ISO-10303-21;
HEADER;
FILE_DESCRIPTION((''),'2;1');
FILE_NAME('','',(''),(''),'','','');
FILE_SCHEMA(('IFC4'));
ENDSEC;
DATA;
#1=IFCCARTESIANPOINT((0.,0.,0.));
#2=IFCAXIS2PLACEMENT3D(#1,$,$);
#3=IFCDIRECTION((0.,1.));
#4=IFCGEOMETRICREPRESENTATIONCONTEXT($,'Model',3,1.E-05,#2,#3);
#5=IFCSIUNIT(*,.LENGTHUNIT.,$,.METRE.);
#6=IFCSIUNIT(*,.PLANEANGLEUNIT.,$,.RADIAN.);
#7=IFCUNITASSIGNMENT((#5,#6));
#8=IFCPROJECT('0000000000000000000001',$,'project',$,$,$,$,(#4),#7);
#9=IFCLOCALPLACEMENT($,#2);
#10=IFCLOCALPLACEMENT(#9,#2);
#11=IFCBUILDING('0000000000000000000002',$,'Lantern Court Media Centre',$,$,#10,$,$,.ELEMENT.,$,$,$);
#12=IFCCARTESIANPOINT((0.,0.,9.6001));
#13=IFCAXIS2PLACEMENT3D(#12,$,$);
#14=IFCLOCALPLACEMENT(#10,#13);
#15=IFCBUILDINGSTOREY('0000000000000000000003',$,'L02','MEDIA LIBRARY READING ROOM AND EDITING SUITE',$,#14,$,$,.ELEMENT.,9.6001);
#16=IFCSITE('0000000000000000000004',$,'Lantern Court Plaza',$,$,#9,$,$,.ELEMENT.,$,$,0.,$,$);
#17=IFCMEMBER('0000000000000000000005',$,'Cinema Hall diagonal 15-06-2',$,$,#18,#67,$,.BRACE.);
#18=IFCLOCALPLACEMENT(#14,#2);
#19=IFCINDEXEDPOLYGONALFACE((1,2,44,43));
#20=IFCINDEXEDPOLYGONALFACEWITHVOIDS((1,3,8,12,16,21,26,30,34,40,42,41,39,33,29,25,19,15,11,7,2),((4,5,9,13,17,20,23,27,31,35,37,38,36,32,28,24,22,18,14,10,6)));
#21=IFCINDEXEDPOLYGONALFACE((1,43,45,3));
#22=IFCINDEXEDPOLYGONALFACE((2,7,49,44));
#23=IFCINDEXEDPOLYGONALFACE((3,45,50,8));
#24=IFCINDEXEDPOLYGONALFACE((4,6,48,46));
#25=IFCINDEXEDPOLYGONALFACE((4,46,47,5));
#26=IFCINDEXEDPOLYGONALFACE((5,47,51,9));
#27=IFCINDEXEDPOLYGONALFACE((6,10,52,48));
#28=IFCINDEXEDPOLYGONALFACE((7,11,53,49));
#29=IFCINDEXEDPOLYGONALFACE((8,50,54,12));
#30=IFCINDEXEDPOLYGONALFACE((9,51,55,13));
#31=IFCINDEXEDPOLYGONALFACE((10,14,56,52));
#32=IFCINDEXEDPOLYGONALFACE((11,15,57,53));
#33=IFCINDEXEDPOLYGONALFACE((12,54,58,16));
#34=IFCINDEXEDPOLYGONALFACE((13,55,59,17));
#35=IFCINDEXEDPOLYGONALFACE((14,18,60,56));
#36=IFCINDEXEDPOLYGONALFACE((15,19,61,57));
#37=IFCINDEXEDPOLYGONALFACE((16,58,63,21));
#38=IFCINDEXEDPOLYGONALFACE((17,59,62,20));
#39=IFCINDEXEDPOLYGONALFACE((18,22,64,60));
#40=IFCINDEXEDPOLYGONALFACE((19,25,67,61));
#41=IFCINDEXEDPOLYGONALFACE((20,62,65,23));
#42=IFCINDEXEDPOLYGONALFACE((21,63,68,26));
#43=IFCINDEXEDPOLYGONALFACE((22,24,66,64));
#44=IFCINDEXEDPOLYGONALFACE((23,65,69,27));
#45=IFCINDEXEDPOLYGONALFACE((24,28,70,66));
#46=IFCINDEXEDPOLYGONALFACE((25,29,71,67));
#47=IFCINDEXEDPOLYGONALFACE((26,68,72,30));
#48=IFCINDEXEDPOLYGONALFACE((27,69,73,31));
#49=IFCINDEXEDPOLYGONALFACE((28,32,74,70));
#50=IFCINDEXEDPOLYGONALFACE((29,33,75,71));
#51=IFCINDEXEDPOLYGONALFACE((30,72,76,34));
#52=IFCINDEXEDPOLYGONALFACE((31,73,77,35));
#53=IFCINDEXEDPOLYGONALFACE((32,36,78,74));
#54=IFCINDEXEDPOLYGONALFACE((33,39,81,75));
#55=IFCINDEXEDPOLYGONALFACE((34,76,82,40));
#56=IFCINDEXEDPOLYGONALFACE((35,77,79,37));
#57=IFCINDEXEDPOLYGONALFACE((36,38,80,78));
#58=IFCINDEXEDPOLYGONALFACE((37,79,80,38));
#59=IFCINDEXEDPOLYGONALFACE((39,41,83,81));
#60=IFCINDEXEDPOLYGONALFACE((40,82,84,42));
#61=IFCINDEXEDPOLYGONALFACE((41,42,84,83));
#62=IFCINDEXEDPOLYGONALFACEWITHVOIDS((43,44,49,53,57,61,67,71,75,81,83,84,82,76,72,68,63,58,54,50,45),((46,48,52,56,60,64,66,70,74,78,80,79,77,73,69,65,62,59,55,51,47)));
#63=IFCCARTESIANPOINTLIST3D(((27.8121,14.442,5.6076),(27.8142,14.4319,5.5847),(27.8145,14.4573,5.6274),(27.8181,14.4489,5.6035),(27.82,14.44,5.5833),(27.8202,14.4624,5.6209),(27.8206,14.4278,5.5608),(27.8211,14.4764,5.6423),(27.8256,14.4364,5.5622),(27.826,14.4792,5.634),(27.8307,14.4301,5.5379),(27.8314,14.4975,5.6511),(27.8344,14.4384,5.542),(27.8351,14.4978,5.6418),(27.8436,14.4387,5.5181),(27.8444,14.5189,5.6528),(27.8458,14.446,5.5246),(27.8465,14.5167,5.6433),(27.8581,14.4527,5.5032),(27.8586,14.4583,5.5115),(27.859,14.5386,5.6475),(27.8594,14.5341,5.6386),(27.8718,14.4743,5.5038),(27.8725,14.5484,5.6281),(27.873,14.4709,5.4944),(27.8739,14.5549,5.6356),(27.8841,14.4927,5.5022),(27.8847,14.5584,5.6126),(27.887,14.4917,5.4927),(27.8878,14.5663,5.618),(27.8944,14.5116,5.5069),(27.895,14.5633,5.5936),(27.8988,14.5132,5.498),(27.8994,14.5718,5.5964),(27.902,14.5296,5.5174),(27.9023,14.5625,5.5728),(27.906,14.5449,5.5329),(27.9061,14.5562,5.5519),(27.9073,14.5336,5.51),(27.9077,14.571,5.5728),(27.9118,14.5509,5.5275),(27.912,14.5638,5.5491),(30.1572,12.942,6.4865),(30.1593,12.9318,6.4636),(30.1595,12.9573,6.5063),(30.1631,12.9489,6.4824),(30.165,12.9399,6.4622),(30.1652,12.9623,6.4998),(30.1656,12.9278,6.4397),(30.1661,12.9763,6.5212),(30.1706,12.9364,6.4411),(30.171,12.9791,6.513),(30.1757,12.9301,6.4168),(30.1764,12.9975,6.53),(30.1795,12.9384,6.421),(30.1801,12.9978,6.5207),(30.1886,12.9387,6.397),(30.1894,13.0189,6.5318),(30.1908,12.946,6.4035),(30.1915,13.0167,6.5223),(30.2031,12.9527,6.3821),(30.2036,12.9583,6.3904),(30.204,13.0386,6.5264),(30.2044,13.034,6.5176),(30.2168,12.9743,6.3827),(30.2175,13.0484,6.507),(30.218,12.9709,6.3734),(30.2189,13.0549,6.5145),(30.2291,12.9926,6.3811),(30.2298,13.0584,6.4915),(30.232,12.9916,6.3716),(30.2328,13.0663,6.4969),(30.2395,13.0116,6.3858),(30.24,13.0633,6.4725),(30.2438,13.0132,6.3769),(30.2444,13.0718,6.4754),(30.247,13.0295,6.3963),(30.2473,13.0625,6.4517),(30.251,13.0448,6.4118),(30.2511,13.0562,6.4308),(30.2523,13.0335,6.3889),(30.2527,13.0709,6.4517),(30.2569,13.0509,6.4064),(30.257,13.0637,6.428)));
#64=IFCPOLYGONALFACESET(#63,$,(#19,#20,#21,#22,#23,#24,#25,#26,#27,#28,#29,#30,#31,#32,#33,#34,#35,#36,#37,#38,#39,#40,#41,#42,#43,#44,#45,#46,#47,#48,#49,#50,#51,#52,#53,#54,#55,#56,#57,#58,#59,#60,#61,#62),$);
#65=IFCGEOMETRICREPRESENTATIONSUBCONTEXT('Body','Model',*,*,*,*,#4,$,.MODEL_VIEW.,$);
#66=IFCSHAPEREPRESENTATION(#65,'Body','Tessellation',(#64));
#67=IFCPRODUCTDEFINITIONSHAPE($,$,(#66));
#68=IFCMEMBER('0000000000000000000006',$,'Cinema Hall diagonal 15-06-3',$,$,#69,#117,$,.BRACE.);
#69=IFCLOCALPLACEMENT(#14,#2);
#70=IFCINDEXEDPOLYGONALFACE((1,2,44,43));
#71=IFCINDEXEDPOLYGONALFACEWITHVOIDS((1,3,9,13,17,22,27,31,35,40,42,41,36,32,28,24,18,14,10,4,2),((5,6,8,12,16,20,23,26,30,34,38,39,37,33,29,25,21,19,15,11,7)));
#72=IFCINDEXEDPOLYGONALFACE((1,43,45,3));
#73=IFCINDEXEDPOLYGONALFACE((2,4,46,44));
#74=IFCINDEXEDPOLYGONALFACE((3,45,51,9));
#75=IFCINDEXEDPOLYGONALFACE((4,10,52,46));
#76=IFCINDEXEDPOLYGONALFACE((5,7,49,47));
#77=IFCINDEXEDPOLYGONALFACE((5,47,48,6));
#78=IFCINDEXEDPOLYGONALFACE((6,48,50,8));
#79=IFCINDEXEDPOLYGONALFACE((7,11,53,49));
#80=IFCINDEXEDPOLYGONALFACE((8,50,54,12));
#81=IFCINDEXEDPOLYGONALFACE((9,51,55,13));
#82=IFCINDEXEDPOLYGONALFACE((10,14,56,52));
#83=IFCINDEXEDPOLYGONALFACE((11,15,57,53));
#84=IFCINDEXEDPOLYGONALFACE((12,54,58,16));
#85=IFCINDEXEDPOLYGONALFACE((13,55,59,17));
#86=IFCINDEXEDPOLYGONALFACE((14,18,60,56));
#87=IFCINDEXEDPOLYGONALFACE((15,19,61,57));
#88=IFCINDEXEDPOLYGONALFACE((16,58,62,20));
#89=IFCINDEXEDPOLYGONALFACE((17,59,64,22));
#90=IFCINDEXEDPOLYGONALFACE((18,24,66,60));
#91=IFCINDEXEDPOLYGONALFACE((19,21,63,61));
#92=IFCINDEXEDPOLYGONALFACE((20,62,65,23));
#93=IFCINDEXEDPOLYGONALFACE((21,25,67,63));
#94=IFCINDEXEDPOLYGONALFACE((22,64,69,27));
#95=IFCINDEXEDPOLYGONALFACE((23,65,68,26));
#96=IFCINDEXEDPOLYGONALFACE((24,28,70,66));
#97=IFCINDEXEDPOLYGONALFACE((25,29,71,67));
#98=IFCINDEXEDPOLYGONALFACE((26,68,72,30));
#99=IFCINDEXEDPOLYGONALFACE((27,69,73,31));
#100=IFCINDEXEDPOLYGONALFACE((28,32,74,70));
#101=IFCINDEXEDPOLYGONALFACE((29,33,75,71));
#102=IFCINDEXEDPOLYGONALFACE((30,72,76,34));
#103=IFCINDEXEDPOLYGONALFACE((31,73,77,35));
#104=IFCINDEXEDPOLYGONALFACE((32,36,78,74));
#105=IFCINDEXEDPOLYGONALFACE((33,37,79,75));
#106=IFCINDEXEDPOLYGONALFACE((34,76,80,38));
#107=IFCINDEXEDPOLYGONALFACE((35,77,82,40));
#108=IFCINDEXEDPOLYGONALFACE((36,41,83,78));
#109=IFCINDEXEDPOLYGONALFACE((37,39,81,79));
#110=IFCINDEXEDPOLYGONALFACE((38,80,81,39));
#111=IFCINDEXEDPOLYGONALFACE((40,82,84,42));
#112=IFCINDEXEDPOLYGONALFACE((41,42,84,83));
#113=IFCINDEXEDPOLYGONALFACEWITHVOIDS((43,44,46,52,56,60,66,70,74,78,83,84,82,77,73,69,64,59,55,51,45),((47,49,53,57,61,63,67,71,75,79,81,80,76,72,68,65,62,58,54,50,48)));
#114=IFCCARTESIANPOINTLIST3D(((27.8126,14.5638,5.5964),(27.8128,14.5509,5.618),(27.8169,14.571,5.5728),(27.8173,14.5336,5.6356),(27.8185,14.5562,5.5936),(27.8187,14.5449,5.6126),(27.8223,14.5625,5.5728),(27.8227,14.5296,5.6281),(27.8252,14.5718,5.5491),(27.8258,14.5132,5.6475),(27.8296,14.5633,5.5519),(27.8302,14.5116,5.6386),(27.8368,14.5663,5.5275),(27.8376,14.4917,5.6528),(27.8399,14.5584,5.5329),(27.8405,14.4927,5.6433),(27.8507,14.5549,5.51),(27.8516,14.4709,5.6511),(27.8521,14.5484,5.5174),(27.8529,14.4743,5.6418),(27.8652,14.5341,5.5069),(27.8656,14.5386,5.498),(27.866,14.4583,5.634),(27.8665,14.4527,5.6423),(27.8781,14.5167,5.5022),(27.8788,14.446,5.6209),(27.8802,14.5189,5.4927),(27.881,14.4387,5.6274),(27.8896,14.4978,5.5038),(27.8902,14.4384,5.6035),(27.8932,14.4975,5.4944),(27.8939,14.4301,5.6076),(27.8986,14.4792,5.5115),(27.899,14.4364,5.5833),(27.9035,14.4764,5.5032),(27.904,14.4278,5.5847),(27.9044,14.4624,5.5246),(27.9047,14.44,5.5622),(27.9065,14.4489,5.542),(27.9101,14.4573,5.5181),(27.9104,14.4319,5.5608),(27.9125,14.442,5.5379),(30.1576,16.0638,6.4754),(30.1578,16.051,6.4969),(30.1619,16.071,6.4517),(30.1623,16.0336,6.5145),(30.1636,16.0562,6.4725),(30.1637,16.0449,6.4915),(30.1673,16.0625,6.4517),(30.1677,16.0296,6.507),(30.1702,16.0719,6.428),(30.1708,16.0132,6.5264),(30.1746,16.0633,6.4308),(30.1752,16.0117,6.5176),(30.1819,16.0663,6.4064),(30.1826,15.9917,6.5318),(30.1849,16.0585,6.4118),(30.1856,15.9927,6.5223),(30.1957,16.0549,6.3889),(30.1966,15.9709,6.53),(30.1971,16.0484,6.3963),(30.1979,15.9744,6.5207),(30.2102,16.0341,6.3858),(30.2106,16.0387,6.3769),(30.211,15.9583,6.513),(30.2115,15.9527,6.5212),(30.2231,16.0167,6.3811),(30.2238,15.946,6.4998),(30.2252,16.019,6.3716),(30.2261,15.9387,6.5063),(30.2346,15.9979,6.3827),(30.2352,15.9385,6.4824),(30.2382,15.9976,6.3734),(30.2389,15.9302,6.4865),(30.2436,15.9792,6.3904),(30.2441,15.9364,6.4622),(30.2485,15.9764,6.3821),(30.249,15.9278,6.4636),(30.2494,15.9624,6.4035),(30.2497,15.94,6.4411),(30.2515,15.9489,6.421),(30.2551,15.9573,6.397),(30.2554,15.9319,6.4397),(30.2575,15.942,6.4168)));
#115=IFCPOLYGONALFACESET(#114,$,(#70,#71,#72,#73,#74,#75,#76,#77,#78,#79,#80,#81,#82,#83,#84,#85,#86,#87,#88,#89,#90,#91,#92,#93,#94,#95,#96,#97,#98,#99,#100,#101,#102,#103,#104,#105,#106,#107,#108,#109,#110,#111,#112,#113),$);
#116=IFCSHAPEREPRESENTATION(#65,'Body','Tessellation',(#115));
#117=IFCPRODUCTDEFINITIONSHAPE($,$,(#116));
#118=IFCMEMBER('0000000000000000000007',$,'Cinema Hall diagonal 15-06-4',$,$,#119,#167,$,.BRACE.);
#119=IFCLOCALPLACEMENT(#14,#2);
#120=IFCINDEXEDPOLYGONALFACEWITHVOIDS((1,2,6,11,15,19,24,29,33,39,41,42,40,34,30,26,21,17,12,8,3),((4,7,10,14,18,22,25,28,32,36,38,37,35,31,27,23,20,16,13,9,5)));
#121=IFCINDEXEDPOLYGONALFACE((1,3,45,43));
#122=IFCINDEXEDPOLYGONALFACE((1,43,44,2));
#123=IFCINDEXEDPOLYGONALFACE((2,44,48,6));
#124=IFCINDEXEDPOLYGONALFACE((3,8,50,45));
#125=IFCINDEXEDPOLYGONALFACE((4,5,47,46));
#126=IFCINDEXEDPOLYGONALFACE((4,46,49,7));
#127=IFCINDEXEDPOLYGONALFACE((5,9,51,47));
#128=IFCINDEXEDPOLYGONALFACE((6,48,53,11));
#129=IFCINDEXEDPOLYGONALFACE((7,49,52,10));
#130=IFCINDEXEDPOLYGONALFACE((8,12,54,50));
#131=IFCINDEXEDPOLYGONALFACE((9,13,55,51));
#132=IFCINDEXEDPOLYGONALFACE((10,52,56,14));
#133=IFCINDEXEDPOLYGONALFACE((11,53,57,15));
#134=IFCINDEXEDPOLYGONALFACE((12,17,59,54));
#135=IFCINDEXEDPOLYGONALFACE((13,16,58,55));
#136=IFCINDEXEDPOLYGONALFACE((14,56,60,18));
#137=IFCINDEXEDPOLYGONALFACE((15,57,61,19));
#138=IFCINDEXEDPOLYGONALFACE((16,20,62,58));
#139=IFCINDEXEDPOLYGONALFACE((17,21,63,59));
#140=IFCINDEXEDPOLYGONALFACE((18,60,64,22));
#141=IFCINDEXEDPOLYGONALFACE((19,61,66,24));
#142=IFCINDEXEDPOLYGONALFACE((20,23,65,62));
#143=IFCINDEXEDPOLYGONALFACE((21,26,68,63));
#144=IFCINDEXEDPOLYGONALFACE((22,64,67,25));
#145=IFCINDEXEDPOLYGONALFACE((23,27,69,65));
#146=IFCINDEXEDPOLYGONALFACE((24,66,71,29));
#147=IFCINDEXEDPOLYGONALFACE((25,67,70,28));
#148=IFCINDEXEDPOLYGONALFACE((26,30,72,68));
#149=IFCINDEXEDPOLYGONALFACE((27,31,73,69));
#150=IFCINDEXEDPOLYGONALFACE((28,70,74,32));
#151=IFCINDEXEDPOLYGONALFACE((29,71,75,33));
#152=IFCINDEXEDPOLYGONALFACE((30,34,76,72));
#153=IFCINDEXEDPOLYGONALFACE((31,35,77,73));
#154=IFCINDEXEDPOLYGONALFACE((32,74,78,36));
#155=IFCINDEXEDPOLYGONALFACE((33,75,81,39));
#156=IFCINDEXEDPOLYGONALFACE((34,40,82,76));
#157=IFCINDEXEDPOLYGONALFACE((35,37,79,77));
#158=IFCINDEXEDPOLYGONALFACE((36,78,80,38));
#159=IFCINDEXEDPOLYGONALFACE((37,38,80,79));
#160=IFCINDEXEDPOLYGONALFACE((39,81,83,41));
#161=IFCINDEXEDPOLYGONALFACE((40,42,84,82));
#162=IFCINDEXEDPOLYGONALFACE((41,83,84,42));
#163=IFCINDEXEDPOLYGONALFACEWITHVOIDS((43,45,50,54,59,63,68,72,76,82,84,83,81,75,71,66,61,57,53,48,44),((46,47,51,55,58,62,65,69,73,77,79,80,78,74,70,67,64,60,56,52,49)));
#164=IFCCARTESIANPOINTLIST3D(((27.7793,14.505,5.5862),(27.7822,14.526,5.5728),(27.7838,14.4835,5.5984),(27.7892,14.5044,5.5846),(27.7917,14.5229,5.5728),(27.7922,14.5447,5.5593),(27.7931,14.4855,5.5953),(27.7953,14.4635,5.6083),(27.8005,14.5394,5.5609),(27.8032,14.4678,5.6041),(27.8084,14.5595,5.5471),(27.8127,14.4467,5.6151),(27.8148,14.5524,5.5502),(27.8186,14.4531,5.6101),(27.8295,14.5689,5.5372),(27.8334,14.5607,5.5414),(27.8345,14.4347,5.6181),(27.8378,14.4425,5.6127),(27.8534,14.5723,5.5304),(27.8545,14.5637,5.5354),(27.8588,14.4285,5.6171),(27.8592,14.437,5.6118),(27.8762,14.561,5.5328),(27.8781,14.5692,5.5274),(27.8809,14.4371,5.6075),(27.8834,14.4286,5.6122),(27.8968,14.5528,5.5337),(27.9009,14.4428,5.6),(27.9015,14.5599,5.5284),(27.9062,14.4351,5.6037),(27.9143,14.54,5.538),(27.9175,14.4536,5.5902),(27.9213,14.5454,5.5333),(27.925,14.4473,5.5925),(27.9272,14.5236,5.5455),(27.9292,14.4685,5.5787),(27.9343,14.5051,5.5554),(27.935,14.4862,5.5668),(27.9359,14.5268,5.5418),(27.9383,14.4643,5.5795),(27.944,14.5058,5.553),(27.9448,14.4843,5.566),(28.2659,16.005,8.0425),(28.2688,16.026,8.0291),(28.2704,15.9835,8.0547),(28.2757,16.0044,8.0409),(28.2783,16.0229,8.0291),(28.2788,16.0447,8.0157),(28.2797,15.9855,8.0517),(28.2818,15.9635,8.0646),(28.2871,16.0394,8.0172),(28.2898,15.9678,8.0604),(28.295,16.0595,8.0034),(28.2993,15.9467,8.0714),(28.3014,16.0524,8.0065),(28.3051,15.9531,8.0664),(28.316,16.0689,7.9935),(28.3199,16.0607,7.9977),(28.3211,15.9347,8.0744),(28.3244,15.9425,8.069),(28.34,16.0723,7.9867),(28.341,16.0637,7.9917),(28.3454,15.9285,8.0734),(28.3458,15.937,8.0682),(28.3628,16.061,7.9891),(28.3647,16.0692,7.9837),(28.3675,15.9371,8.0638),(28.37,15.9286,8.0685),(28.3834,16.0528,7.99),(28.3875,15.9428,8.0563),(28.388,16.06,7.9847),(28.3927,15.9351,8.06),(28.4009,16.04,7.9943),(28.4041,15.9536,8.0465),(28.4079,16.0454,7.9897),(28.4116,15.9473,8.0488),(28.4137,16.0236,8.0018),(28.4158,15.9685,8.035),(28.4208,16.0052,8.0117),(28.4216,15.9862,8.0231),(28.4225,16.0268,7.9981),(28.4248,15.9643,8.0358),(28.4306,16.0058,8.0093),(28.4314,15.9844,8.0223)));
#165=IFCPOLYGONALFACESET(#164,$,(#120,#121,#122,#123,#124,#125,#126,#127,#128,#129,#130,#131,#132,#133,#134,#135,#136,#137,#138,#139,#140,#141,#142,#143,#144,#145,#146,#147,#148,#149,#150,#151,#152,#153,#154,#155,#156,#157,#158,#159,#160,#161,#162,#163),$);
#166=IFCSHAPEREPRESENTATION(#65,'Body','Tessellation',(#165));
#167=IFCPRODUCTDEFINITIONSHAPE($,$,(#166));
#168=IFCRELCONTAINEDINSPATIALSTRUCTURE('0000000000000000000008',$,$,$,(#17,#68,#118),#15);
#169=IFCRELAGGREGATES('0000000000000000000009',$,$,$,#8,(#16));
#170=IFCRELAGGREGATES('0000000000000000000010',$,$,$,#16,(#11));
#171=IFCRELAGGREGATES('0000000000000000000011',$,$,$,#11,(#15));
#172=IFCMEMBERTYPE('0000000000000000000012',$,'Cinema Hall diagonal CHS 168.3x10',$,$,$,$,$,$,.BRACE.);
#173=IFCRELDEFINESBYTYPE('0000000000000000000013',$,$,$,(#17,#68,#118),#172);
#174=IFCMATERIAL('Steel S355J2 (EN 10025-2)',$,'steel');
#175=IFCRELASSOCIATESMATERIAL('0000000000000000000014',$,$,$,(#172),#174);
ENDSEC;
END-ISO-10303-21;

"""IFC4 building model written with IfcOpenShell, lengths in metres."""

from ifc_helpers import new_model, si_unit, direction, frame, origin, origin_2d, place, context, subcontext, project, spatial, hollow_circle, extrude, material, material_profile, profile_set, type_object, element, save


model = new_model("IFC4")

# Units and contexts
model_context = context("Model", 3, precision=1e-05, world=origin(), true_north=direction((0.0, 1.0)))
body_context = subcontext(model_context, "Body", "Model", "MODEL_VIEW")
ifc_project = project(units=[si_unit("LENGTHUNIT", "METRE"), si_unit("PLANEANGLEUNIT", "RADIAN")], contexts=[model_context])

# Site, building, storey
site_placement = place(None, origin())
site = spatial("IfcSite", under=ifc_project, at=site_placement, Name="Lantern Court Plaza", CompositionType="ELEMENT", RefElevation=0.0)
building_placement = place(site_placement, origin())
building = spatial("IfcBuilding", under=site, at=building_placement, Name="Lantern Court Media Centre", CompositionType="ELEMENT")
storey_placement = place(building_placement, frame((0.0, 0.0, 9.6001)))
storey = spatial("IfcBuildingStorey", under=building, at=storey_placement, Name="L02", Description="MEDIA LIBRARY READING ROOM AND EDITING SUITE", CompositionType="ELEMENT", Elevation=9.6001)

# Members
ifc_material = material(Name="Steel S355J2 (EN 10025-2)", Category="steel")
ifc_material_profile_1 = material_profile(ifc_material, hollow_circle(Radius=0.0842, WallThickness=0.01, at=origin_2d()), Name="Cinema Hall diagonal CHS 168.3x10")
ifc_profile_set_1 = profile_set([ifc_material_profile_1], Name="Steel S355J2 (EN 10025-2)")
member_type_1 = type_object("IfcMemberType", Name="Cinema Hall diagonal CHS 168.3x10", PredefinedType="BRACE", material=ifc_profile_set_1)
for number, where, z_axis, x_axis, name in (
    (1, (27.8623, 14.5, 5.5728), (0.803309, -0.51385, 0.301084), (0.538855, 0.842399, 0.0), "Cinema Hall diagonal 15-06-2"),
    (2, (27.8623, 14.5, 5.5728), (0.803309, 0.51385, 0.301084), (-0.538855, 0.842399, 0.0), "Cinema Hall diagonal 15-06-3"),
):
    element("IfcMember", number, at=place(storey_placement, frame(where, z_axis=z_axis, x_axis=x_axis)), inside=storey, type_object=member_type_1, Name=name, PredefinedType="BRACE", context=body_context, shape_type="SweptSolid", body=[
        extrude(hollow_circle(Radius=0.0842, WallThickness=0.01, at=origin_2d()), origin(), (0.0, 0.0, 1.0), 2.9192),
    ])
for number, where, z_axis, x_axis, name in (
    (3, (27.8623, 14.5, 5.5728), (0.166695, 0.513887, 0.841506), (-0.951207, 0.308554, 0.0), "Cinema Hall diagonal 15-06-4"),
):
    element("IfcMember", number, at=place(storey_placement, frame(where, z_axis=z_axis, x_axis=x_axis)), inside=storey, type_object=member_type_1, Name=name, PredefinedType="BRACE", context=body_context, shape_type="SweptSolid", body=[
        extrude(hollow_circle(Radius=0.0842, WallThickness=0.01, at=origin_2d()), origin(), (0.0, 0.0, 1.0), 2.9189),
    ])

save(model, "model.ifc")
